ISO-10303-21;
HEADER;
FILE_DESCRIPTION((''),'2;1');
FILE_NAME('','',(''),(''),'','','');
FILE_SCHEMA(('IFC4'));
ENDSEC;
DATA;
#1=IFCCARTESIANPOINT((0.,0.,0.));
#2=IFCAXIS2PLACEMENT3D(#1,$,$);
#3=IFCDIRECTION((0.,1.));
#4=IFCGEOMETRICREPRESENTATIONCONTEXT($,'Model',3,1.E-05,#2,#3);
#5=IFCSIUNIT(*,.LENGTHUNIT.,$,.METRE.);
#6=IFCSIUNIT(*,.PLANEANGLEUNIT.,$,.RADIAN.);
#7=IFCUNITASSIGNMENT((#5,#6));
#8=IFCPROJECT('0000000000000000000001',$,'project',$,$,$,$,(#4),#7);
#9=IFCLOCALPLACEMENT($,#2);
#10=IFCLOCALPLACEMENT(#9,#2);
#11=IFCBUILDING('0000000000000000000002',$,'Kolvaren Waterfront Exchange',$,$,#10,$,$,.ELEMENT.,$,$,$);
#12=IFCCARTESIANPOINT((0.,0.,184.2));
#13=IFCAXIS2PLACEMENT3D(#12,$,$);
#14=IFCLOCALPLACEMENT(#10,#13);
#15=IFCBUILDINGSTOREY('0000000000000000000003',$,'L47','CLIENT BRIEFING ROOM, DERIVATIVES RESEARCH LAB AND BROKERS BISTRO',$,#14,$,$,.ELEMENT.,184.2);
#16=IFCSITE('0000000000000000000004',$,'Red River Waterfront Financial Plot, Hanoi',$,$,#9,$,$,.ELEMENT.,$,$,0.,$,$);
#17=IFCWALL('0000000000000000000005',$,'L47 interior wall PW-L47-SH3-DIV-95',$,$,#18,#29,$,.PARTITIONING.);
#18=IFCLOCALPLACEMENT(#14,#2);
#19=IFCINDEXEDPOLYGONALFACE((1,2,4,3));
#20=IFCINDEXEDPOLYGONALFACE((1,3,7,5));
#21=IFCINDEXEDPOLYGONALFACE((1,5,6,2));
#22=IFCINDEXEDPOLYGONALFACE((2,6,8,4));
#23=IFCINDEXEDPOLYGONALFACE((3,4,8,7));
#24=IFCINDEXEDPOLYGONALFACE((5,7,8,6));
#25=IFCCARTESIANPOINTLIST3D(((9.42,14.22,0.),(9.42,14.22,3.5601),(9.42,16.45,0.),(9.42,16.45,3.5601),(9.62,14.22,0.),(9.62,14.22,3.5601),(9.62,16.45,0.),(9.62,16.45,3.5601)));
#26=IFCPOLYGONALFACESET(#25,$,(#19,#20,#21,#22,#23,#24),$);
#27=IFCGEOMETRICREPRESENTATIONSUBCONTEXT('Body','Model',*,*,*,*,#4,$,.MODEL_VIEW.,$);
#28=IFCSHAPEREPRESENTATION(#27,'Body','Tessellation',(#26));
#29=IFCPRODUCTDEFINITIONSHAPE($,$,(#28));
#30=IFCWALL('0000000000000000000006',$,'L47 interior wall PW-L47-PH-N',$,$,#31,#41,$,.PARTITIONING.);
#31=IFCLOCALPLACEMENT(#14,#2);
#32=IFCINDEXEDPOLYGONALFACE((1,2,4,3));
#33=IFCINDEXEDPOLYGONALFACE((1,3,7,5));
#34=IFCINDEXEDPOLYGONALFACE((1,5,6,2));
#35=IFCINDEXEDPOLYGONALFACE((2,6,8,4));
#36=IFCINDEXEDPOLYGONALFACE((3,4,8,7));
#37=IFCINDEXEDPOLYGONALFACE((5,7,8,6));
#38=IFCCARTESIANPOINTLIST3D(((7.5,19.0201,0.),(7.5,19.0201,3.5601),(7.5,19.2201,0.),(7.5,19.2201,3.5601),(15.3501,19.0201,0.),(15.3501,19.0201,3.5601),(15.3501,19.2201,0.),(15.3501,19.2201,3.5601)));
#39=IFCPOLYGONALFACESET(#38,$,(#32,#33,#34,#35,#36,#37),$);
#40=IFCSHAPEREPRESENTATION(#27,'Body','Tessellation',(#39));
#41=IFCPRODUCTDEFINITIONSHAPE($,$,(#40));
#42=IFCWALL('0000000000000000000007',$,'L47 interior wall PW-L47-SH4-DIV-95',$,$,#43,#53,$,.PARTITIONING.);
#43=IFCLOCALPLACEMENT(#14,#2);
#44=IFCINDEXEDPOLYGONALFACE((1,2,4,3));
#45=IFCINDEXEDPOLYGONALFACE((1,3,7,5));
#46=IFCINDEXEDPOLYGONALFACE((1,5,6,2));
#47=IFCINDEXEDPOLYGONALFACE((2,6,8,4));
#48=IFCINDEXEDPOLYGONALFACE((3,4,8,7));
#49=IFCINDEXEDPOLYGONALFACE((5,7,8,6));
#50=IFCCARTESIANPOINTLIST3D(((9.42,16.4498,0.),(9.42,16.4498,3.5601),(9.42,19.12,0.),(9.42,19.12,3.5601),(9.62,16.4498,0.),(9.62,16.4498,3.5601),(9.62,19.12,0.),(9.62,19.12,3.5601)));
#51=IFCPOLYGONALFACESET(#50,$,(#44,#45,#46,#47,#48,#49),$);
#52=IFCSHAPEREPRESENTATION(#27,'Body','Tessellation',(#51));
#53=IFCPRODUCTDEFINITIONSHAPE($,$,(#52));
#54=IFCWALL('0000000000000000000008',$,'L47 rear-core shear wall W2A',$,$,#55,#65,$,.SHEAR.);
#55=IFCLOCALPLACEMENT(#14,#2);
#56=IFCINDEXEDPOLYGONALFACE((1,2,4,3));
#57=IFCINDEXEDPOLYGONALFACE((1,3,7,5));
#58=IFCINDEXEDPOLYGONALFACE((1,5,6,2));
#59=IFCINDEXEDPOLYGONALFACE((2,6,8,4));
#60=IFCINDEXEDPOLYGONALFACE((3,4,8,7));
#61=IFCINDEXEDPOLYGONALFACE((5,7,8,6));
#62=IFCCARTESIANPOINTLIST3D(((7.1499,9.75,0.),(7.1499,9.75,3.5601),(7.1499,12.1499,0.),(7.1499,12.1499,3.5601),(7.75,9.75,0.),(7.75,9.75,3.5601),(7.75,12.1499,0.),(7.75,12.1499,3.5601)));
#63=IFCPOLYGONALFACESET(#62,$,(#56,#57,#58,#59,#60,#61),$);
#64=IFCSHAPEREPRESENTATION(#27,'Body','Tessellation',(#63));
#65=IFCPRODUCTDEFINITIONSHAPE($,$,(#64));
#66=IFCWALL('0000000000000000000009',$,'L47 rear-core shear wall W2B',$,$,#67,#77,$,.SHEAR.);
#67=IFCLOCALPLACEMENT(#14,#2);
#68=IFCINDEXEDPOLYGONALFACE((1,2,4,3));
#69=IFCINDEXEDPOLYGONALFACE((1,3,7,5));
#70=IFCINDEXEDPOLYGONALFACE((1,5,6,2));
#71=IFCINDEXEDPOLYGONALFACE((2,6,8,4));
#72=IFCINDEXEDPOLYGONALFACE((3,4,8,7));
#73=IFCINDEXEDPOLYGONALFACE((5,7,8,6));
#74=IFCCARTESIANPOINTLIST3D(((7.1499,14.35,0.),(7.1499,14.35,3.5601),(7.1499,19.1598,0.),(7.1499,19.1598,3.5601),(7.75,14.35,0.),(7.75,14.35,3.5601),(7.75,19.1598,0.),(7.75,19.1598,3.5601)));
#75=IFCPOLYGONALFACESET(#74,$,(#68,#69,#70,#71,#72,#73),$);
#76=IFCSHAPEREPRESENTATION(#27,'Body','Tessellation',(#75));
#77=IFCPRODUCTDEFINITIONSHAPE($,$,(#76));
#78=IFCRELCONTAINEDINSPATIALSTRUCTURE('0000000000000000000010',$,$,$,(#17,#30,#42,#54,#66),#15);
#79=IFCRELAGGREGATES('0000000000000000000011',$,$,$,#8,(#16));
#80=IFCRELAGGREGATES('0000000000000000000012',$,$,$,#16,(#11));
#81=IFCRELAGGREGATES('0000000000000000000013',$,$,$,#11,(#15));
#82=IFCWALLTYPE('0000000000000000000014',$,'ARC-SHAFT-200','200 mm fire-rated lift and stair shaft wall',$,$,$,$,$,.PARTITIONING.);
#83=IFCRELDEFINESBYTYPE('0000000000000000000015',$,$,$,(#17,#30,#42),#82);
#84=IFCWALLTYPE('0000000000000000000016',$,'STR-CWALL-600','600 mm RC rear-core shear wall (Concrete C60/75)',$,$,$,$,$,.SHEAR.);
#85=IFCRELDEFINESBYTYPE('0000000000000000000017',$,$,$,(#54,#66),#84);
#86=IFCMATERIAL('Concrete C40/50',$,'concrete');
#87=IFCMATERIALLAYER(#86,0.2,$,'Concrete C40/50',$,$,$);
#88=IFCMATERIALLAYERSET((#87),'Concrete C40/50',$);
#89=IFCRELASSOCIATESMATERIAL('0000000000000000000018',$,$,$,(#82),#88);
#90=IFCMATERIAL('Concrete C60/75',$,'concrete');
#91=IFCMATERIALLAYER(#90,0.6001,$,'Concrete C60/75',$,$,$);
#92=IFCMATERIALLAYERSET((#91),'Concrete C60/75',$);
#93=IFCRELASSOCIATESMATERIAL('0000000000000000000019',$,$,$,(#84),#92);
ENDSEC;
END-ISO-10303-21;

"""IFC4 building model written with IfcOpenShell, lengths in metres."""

from ifc_helpers import new_model, si_unit, direction, frame, frame_2d, origin, place, context, subcontext, project, spatial, rectangle, extrude, material, layer, layer_set, type_object, element, save


model = new_model("IFC4")

# Units and contexts
model_context = context("Model", 3, precision=1e-05, world=origin(), true_north=direction((0.0, 1.0)))
body_context = subcontext(model_context, "Body", "Model", "MODEL_VIEW")
ifc_project = project(units=[si_unit("LENGTHUNIT", "METRE"), si_unit("PLANEANGLEUNIT", "RADIAN")], contexts=[model_context])

# Site, building, storey
site_placement = place(None, origin())
site = spatial("IfcSite", under=ifc_project, at=site_placement, Name="Red River Waterfront Financial Plot, Hanoi", CompositionType="ELEMENT", RefElevation=0.0)
building_placement = place(site_placement, origin())
building = spatial("IfcBuilding", under=site, at=building_placement, Name="Kolvaren Waterfront Exchange", CompositionType="ELEMENT")
storey_placement = place(building_placement, frame((0.0, 0.0, 184.2)))
storey = spatial("IfcBuildingStorey", under=building, at=storey_placement, Name="L47", Description="CLIENT BRIEFING ROOM, DERIVATIVES RESEARCH LAB AND BROKERS BISTRO", CompositionType="ELEMENT", Elevation=184.2)

# Shared definitions
ifc_material_1 = material(Name="Concrete C60/75", Category="concrete")

# Shared definitions
ifc_material_2 = material(Name="Concrete C40/50", Category="concrete")
ifc_layer_1 = layer(ifc_material_2, 0.2, Name="Concrete C40/50")
ifc_layer_set_1 = layer_set([ifc_layer_1], Name="Concrete C40/50")
wall_type_1 = type_object("IfcWallType", Name="ARC-SHAFT-200", Description="200 mm fire-rated lift and stair shaft wall", PredefinedType="PARTITIONING", material=ifc_layer_set_1)

# Walls
wall_1_placement = place(storey_placement, frame((9.52, 14.22, 0.0), z_axis=(0.0, 0.0, 1.0), x_axis=(0.0, 1.0, 0.0)))
element("IfcWall", 1, at=wall_1_placement, inside=storey, type_object=wall_type_1, Name="L47 interior wall PW-L47-SH3-DIV-95", PredefinedType="PARTITIONING", context=body_context, shape_type="SweptSolid", body=[
    extrude(rectangle(XDim=2.23, YDim=0.2, at=frame_2d((1.115, 0.0))), origin(), (0.0, 0.0, 1.0), 3.5601),
])
wall_2_placement = place(storey_placement, frame((7.5, 19.1201, 0.0), z_axis=(0.0, 0.0, 1.0), x_axis=(1.0, 0.0, 0.0)))
element("IfcWall", 2, at=wall_2_placement, inside=storey, type_object=wall_type_1, Name="L47 interior wall PW-L47-PH-N", PredefinedType="PARTITIONING", context=body_context, shape_type="SweptSolid", body=[
    extrude(rectangle(XDim=7.8501, YDim=0.2, at=frame_2d((3.925, 0.0))), origin(), (0.0, 0.0, 1.0), 3.5601),
])
wall_3_placement = place(storey_placement, frame((9.52, 16.45, 0.0), z_axis=(0.0, 0.0, 1.0), x_axis=(0.0, 1.0, 0.0)))
element("IfcWall", 3, at=wall_3_placement, inside=storey, type_object=wall_type_1, Name="L47 interior wall PW-L47-SH4-DIV-95", PredefinedType="PARTITIONING", context=body_context, shape_type="SweptSolid", body=[
    extrude(rectangle(XDim=2.6702, YDim=0.2, at=frame_2d((1.335, 0.0))), origin(), (0.0, 0.0, 1.0), 3.5601),
])
ifc_layer_2 = layer(ifc_material_1, 0.6001, Name="Concrete C60/75")
ifc_layer_set_2 = layer_set([ifc_layer_2], Name="Concrete C60/75")
wall_type_2 = type_object("IfcWallType", Name="STR-CWALL-600", Description="600 mm RC rear-core shear wall (Concrete C60/75)", PredefinedType="SHEAR", material=ifc_layer_set_2)
wall_4_placement = place(storey_placement, frame((7.45, 9.75, 0.0), z_axis=(0.0, 0.0, 1.0), x_axis=(0.0, 1.0, 0.0)))
element("IfcWall", 4, at=wall_4_placement, inside=storey, type_object=wall_type_2, Name="L47 rear-core shear wall W2A", PredefinedType="SHEAR", context=body_context, shape_type="SweptSolid", body=[
    extrude(rectangle(XDim=2.3999, YDim=0.6001, at=frame_2d((1.2, 0.0))), origin(), (0.0, 0.0, 1.0), 3.5601),
])
wall_5_placement = place(storey_placement, frame((7.45, 14.3501, 0.0), z_axis=(0.0, 0.0, 1.0), x_axis=(0.0, 1.0, 0.0)))
element("IfcWall", 5, at=wall_5_placement, inside=storey, type_object=wall_type_2, Name="L47 rear-core shear wall W2B", PredefinedType="SHEAR", context=body_context, shape_type="SweptSolid", body=[
    extrude(rectangle(XDim=4.8098, YDim=0.6001, at=frame_2d((2.4048, 0.0))), origin(), (0.0, 0.0, 1.0), 3.5601),
])

save(model, "model.ifc")
